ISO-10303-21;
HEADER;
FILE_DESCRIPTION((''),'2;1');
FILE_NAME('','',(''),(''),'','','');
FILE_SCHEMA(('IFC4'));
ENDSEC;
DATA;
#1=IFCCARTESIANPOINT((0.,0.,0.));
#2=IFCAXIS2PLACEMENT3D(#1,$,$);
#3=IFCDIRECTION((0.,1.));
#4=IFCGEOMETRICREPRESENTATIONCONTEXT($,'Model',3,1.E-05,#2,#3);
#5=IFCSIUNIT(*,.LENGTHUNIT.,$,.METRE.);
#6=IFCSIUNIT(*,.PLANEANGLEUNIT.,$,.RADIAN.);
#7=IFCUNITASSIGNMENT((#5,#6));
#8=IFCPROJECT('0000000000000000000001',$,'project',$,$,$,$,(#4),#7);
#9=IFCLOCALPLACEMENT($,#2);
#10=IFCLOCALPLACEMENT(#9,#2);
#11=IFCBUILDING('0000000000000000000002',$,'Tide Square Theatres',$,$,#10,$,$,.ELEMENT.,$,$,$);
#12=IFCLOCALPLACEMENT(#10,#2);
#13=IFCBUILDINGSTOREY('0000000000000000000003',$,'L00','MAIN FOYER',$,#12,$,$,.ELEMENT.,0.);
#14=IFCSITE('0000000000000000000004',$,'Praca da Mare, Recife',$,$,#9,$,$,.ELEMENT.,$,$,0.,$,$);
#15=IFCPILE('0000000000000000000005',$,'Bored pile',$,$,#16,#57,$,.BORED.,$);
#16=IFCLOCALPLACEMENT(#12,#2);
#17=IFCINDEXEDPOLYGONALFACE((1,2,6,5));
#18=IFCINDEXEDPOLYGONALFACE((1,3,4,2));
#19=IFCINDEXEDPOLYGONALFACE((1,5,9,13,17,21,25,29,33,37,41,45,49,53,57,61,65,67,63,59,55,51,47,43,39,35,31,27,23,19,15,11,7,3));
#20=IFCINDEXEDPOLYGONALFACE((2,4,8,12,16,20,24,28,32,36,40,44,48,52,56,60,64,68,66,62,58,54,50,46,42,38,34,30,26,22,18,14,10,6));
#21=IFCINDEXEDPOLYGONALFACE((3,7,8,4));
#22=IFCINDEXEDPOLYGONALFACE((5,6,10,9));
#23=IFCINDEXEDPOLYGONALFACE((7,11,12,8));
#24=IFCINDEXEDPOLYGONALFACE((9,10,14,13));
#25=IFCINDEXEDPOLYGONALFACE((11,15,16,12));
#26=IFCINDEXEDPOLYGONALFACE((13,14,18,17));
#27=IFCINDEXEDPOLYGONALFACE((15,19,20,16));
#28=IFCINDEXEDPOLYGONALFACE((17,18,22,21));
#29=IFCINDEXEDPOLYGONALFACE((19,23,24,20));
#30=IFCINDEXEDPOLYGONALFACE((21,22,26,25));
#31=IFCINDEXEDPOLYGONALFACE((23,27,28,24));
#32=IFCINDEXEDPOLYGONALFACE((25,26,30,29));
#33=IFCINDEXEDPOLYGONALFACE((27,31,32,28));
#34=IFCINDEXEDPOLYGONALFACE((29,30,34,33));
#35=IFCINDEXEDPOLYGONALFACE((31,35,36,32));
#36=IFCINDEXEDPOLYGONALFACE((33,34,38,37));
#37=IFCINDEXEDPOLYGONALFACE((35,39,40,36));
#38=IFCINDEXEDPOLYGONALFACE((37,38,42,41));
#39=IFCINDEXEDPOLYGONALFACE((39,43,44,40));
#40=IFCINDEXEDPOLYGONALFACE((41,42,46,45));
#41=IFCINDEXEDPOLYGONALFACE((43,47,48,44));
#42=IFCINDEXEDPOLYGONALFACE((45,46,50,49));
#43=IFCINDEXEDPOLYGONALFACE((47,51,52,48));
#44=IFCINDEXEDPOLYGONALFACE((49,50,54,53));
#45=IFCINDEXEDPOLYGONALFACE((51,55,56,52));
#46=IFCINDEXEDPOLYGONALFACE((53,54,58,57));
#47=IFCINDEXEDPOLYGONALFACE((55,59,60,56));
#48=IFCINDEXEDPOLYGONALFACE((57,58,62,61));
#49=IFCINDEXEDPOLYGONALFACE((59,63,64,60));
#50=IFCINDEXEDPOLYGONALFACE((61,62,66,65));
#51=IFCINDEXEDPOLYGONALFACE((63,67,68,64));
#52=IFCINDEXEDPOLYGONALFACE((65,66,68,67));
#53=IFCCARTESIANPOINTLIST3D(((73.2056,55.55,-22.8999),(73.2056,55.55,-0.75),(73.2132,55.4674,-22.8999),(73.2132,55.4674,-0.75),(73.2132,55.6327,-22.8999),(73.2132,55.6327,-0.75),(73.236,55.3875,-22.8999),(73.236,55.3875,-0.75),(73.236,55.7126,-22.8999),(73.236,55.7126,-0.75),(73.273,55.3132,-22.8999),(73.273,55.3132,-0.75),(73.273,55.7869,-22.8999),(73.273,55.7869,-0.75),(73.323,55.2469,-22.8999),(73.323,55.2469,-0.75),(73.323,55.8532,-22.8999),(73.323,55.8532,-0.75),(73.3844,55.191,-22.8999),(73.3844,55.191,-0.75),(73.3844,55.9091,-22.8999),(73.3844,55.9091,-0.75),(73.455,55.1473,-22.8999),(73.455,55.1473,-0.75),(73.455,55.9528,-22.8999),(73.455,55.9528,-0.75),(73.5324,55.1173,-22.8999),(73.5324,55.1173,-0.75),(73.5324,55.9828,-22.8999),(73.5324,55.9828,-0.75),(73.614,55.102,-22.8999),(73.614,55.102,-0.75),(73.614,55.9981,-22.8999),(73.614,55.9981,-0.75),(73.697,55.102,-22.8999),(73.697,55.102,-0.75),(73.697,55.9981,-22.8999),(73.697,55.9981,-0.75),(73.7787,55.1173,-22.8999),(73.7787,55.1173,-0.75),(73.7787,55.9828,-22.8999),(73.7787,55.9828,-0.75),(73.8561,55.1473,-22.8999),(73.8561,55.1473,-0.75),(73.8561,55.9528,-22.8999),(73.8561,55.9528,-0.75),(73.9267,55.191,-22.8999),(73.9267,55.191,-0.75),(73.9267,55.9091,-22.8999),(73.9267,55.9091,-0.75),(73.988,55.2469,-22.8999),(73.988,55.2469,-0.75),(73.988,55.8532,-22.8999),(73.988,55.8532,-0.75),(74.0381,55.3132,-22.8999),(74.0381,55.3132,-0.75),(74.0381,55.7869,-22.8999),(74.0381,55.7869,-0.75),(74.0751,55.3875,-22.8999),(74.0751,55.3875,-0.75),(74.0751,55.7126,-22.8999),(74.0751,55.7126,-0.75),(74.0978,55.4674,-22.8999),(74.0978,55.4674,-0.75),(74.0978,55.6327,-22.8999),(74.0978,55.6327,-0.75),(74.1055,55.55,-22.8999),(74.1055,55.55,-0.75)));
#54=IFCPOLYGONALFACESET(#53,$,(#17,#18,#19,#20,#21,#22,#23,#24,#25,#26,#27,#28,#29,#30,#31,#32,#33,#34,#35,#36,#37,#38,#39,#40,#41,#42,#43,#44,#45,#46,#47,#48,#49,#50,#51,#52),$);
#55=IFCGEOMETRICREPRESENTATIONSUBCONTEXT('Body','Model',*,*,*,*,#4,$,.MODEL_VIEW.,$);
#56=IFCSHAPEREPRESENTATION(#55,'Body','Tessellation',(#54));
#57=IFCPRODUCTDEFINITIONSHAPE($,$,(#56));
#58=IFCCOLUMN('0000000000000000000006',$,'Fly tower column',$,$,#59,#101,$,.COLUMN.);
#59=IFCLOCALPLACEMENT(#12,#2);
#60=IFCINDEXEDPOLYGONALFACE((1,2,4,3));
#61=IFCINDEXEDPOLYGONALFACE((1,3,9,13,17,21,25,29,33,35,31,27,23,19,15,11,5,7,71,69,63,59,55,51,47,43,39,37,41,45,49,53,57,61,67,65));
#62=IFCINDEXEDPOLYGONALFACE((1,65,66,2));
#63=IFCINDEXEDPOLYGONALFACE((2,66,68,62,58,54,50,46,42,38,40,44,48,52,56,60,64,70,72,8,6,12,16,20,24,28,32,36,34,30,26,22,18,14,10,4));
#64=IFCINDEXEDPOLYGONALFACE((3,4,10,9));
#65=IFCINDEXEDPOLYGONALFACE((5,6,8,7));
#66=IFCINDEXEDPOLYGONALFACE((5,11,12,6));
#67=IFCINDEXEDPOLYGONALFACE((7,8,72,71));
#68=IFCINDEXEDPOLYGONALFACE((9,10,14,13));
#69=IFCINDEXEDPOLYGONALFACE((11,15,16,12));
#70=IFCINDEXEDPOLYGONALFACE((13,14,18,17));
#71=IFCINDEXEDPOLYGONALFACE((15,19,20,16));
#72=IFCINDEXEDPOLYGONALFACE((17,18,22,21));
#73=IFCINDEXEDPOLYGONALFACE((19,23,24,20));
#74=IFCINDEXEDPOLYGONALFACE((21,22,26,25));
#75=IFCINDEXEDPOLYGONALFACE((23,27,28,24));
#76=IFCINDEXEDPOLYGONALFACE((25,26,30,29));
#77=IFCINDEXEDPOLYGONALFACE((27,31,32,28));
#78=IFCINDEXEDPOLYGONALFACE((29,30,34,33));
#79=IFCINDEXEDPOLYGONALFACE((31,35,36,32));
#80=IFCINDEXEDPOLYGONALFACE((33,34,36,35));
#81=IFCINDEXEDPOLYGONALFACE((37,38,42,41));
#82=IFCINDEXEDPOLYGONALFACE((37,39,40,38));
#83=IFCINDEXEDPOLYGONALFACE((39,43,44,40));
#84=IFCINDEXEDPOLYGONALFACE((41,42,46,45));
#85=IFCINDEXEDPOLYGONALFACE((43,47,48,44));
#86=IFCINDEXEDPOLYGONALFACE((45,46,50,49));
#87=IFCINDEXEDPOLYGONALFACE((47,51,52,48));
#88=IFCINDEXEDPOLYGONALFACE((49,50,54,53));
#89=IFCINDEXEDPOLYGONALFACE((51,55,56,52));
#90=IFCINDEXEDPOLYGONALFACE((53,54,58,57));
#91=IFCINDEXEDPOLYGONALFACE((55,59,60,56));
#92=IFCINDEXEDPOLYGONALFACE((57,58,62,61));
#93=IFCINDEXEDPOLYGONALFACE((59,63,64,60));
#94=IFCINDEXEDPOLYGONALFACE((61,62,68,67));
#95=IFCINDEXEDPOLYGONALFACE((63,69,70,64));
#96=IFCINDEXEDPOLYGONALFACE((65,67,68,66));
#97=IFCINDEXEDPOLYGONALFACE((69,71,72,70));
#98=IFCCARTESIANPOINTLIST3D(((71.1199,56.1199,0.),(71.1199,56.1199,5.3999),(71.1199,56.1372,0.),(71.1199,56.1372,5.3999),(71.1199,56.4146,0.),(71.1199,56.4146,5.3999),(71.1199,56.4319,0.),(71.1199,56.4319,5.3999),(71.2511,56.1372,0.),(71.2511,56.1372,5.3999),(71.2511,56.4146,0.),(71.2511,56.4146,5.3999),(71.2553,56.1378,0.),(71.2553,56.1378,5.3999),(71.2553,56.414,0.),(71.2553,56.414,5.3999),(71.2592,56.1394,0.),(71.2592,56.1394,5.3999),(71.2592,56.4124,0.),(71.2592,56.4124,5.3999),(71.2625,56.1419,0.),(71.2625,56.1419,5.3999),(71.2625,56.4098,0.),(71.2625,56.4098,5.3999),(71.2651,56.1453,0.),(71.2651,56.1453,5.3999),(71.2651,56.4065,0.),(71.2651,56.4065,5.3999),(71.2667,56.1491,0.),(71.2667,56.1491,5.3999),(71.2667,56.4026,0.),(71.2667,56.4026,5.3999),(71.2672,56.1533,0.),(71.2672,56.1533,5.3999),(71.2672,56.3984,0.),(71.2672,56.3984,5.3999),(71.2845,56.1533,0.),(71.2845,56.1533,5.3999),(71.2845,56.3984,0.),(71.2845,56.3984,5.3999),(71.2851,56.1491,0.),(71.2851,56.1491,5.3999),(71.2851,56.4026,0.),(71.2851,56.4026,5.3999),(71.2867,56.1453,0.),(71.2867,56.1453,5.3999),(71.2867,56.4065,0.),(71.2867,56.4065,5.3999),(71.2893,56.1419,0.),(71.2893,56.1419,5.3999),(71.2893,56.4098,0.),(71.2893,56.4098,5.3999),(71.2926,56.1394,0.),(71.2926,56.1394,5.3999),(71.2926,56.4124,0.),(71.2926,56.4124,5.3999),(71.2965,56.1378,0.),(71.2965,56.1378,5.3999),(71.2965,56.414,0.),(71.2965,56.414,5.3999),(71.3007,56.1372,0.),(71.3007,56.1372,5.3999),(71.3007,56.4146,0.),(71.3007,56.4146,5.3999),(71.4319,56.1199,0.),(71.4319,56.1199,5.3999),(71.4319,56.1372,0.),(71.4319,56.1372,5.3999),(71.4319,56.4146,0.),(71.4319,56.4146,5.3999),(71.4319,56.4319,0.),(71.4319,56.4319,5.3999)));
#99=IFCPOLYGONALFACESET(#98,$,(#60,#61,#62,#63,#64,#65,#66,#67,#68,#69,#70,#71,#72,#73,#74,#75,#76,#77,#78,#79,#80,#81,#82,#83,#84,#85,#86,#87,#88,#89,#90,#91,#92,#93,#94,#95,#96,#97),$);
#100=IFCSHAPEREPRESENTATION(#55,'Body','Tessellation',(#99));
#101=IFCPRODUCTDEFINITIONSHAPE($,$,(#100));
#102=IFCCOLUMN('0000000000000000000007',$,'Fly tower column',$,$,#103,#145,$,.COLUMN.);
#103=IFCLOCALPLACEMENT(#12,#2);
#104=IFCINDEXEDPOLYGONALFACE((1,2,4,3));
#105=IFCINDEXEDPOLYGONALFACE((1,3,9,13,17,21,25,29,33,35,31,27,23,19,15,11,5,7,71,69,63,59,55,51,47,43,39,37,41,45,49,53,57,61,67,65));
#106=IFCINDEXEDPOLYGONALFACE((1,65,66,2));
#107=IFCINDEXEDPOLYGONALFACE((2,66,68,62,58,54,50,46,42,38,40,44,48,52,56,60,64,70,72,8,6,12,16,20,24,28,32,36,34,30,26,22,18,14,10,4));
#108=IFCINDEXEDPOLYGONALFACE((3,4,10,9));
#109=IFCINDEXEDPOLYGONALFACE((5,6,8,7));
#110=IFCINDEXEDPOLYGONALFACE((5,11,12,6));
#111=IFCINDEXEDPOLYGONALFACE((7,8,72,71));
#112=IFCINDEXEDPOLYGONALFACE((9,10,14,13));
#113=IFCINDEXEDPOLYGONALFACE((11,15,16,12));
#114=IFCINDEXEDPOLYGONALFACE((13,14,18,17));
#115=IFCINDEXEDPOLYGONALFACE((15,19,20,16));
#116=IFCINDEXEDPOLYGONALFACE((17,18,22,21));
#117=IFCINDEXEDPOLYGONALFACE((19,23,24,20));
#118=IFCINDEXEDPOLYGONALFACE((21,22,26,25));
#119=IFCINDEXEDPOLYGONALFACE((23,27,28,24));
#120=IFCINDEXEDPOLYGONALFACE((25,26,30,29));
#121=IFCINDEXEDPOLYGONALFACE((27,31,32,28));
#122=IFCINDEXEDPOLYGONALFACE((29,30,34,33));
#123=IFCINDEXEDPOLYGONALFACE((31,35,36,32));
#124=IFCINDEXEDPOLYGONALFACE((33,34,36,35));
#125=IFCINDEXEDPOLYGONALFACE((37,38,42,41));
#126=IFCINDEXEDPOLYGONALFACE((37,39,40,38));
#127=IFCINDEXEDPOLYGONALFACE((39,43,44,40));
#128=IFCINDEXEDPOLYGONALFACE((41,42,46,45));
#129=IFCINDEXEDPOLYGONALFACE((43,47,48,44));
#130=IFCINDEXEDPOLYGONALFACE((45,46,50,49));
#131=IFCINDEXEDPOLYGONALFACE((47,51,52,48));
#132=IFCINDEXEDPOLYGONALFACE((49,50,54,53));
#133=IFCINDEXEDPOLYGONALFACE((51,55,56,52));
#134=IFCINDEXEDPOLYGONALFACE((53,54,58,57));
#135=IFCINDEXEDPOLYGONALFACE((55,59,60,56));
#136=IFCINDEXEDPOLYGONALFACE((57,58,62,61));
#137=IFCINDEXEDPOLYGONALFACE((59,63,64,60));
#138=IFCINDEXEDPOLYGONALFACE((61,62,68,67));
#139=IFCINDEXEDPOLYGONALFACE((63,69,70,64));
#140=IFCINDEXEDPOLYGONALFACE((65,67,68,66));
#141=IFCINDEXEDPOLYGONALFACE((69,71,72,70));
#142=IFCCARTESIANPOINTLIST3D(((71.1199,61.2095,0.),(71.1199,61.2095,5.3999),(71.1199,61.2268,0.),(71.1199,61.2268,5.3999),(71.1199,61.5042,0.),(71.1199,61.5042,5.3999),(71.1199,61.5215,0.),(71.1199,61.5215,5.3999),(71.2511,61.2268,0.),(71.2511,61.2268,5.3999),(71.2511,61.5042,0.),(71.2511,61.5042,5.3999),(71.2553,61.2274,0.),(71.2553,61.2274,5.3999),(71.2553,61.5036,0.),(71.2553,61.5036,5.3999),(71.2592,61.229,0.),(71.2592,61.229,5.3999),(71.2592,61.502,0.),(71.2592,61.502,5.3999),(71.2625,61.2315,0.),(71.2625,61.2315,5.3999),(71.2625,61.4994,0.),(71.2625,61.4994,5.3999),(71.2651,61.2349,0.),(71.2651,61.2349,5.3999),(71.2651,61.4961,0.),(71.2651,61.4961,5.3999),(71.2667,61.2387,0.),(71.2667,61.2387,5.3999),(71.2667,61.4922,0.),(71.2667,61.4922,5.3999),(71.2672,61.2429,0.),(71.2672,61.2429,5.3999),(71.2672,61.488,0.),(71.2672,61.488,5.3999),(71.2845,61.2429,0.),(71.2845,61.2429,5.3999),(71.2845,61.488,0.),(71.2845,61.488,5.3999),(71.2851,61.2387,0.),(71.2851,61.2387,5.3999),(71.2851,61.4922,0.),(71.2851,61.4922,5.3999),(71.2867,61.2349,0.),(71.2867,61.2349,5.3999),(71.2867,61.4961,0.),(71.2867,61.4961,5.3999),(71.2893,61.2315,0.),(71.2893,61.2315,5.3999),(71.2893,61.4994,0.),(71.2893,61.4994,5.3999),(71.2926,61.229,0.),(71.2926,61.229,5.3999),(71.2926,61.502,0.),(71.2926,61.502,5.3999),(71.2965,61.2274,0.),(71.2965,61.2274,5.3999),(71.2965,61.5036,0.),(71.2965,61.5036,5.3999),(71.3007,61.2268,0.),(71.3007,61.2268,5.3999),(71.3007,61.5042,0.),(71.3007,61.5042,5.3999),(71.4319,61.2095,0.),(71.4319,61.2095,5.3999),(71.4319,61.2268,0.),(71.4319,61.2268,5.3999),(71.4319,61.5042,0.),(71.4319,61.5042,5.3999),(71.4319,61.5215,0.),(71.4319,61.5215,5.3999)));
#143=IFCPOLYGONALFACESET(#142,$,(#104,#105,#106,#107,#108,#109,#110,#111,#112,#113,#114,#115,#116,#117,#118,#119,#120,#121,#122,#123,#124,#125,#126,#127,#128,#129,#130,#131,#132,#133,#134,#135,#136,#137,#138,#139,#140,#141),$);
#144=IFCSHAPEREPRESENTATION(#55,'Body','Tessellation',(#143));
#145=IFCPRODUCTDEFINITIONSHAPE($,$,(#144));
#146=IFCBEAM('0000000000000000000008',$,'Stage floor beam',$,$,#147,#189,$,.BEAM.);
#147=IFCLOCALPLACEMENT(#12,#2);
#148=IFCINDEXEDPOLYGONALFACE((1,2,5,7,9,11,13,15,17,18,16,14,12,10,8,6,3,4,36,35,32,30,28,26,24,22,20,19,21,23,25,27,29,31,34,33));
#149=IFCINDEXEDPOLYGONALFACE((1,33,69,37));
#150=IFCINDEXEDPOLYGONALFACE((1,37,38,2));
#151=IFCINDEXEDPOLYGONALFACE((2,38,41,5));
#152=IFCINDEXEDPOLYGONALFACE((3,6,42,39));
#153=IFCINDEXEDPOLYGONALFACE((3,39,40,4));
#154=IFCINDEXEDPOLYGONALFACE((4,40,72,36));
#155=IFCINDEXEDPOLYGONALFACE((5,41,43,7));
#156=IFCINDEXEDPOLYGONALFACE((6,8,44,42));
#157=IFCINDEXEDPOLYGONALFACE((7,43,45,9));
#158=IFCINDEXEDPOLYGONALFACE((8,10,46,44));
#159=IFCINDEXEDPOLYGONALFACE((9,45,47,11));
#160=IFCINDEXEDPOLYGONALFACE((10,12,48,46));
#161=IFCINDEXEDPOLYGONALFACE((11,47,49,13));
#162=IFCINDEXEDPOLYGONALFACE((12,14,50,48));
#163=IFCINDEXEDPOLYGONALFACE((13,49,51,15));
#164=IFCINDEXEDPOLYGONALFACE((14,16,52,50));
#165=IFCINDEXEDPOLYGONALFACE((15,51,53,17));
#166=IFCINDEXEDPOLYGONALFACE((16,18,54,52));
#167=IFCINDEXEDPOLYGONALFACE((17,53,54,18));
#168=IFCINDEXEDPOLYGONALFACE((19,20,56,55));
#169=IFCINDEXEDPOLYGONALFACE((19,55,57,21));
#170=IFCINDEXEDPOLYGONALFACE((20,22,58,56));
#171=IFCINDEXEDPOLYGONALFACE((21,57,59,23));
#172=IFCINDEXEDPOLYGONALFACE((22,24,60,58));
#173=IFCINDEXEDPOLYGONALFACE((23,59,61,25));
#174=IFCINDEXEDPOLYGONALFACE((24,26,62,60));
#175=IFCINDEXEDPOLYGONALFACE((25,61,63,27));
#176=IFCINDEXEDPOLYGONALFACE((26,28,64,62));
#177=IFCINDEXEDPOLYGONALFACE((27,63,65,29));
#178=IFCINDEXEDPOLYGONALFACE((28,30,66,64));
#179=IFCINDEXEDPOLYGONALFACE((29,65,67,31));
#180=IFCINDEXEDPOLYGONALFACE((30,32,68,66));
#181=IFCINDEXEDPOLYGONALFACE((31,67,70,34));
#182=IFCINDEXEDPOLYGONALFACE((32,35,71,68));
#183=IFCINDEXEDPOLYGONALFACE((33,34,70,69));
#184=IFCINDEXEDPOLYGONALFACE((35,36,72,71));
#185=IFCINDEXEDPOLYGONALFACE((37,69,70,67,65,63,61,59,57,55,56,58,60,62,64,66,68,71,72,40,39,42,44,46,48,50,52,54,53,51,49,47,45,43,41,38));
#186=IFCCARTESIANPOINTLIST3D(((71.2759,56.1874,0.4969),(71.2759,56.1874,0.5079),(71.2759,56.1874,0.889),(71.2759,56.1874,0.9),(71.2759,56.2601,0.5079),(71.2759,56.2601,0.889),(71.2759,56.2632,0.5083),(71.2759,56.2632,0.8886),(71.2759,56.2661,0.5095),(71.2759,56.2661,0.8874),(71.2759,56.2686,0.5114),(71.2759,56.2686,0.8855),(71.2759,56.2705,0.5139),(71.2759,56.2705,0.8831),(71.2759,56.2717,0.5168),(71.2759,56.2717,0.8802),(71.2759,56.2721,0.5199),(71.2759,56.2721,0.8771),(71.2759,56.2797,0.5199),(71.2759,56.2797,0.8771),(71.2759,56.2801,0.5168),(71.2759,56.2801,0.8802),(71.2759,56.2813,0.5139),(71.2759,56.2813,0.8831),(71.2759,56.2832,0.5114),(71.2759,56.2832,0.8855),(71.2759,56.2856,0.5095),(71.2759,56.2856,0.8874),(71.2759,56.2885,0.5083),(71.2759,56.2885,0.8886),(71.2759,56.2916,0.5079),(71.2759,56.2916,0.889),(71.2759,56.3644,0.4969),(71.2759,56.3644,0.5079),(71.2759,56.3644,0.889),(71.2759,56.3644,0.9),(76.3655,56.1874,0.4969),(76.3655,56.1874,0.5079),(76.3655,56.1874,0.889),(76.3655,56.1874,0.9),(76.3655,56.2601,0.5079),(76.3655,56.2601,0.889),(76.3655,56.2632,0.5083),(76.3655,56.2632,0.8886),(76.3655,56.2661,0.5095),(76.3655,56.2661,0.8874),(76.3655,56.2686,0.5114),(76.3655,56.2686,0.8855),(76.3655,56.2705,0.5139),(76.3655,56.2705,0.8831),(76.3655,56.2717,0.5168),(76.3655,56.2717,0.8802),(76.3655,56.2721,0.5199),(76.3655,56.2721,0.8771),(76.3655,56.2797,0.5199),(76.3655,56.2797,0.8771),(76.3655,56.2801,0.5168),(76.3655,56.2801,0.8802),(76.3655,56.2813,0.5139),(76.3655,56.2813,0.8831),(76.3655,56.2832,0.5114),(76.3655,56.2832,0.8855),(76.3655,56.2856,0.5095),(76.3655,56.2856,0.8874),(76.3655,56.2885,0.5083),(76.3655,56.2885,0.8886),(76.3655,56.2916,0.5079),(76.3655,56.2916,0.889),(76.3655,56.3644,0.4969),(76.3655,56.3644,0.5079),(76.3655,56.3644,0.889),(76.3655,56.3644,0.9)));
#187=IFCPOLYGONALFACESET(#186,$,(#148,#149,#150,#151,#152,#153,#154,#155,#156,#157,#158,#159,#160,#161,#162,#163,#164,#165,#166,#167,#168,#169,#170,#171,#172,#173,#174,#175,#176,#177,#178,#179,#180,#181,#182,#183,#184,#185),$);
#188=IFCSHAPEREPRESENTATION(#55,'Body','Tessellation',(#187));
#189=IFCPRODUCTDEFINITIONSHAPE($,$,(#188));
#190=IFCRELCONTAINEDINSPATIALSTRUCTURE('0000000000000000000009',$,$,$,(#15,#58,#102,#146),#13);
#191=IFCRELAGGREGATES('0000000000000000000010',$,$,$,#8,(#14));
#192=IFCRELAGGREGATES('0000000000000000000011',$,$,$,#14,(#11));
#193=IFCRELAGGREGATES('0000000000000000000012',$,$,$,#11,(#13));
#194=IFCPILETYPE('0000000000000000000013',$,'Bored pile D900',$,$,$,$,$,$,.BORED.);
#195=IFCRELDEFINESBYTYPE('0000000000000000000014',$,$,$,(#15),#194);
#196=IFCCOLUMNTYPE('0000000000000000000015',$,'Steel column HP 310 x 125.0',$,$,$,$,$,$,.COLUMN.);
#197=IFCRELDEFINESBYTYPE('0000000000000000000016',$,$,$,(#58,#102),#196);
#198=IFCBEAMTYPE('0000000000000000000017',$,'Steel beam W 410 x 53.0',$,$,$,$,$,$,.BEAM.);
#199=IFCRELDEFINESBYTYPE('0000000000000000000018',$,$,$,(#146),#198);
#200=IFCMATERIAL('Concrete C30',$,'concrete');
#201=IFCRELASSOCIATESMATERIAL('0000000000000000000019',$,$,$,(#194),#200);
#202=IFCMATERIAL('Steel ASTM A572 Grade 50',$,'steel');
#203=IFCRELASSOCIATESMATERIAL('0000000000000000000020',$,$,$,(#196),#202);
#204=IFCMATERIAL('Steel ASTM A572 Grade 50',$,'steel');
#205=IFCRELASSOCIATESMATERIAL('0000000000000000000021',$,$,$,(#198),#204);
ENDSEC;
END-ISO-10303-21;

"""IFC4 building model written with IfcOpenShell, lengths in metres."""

from ifc_helpers import new_model, si_unit, direction, frame, origin, origin_2d, place, context, subcontext, project, spatial, circle, i_section, extrude, material, material_profile, profile_set, type_object, element, save


model = new_model("IFC4")

# Units and contexts
model_context = context("Model", 3, precision=1e-05, world=origin(), true_north=direction((0.0, 1.0)))
body_context = subcontext(model_context, "Body", "Model", "MODEL_VIEW")
ifc_project = project(units=[si_unit("LENGTHUNIT", "METRE"), si_unit("PLANEANGLEUNIT", "RADIAN")], contexts=[model_context])

# Site, building, storey
site_placement = place(None, origin())
site = spatial("IfcSite", under=ifc_project, at=site_placement, Name="Praca da Mare, Recife", CompositionType="ELEMENT", RefElevation=0.0)
building_placement = place(site_placement, origin())
building = spatial("IfcBuilding", under=site, at=building_placement, Name="Tide Square Theatres", CompositionType="ELEMENT")
storey_placement = place(building_placement, origin())
storey = spatial("IfcBuildingStorey", under=building, at=storey_placement, Name="L00", Description="MAIN FOYER", CompositionType="ELEMENT", Elevation=0.0)

# Pile
ifc_material_1 = material(Name="Concrete C30", Category="concrete")
ifc_material_profile_1 = material_profile(ifc_material_1, circle(Radius=0.45, at=origin_2d()))
ifc_profile_set_1 = profile_set([ifc_material_profile_1], Name="Concrete C30")
pile_type_1 = type_object("IfcPileType", Name="Bored pile D900", PredefinedType="BORED", material=ifc_profile_set_1)
pile_placement = place(storey_placement, frame((73.6555, 55.55, -0.75), z_axis=(0.0, 0.0, -1.0), x_axis=(1.0, 0.0, 0.0)))
element("IfcPile", 1, at=pile_placement, inside=storey, type_object=pile_type_1, Name="Bored pile", PredefinedType="BORED", context=body_context, shape_type="SweptSolid", body=[
    extrude(circle(Radius=0.45, at=origin_2d()), origin(), (0.0, 0.0, 1.0), 22.1499),
])

# Columns
ifc_material_2 = material(Name="Steel ASTM A572 Grade 50", Category="steel")
ifc_material_profile_2 = material_profile(ifc_material_2, i_section(OverallWidth=0.312, OverallDepth=0.312, WebThickness=0.0173, FlangeThickness=0.0173, FilletRadius=0.0161, at=origin_2d()))
ifc_profile_set_2 = profile_set([ifc_material_profile_2], Name="Steel ASTM A572 Grade 50")
column_type = type_object("IfcColumnType", Name="Steel column HP 310 x 125.0", PredefinedType="COLUMN", material=ifc_profile_set_2)
for number, where, z_axis, x_axis, name in (
    (2, (71.2759, 56.2759, 0.0), (0.0, 0.0, 1.0), (1.0, 0.0, 0.0), "Fly tower column"),
    (3, (71.2759, 61.3655, 0.0), (0.0, 0.0, 1.0), (1.0, 0.0, 0.0), "Fly tower column"),
):
    element("IfcColumn", number, at=place(storey_placement, frame(where, z_axis=z_axis, x_axis=x_axis)), inside=storey, type_object=column_type, Name=name, PredefinedType="COLUMN", context=body_context, shape_type="SweptSolid", body=[
        extrude(i_section(OverallWidth=0.312, OverallDepth=0.312, WebThickness=0.0173, FlangeThickness=0.0173, FilletRadius=0.0161, at=origin_2d()), origin(), (0.0, 0.0, 1.0), 5.3999),
    ])

# Beam
ifc_material_3 = material(Name="Steel ASTM A572 Grade 50", Category="steel")
ifc_material_profile_3 = material_profile(ifc_material_3, i_section(OverallWidth=0.177, OverallDepth=0.4031, WebThickness=0.0076, FlangeThickness=0.011, FilletRadius=0.012, at=origin_2d()))
ifc_profile_set_3 = profile_set([ifc_material_profile_3], Name="Steel ASTM A572 Grade 50")
beam_type = type_object("IfcBeamType", Name="Steel beam W 410 x 53.0", PredefinedType="BEAM", material=ifc_profile_set_3)
for number, where, z_axis, x_axis, name in (
    (4, (71.2759, 56.2759, 0.6985), (1.0, 0.0, 0.0), (0.0, 1.0, 0.0), "Stage floor beam"),
):
    element("IfcBeam", number, at=place(storey_placement, frame(where, z_axis=z_axis, x_axis=x_axis)), inside=storey, type_object=beam_type, Name=name, PredefinedType="BEAM", context=body_context, shape_type="SweptSolid", body=[
        extrude(i_section(OverallWidth=0.177, OverallDepth=0.4031, WebThickness=0.0076, FlangeThickness=0.011, FilletRadius=0.012, at=origin_2d()), origin(), (0.0, 0.0, 1.0), 5.0896),
    ])

save(model, "model.ifc")
